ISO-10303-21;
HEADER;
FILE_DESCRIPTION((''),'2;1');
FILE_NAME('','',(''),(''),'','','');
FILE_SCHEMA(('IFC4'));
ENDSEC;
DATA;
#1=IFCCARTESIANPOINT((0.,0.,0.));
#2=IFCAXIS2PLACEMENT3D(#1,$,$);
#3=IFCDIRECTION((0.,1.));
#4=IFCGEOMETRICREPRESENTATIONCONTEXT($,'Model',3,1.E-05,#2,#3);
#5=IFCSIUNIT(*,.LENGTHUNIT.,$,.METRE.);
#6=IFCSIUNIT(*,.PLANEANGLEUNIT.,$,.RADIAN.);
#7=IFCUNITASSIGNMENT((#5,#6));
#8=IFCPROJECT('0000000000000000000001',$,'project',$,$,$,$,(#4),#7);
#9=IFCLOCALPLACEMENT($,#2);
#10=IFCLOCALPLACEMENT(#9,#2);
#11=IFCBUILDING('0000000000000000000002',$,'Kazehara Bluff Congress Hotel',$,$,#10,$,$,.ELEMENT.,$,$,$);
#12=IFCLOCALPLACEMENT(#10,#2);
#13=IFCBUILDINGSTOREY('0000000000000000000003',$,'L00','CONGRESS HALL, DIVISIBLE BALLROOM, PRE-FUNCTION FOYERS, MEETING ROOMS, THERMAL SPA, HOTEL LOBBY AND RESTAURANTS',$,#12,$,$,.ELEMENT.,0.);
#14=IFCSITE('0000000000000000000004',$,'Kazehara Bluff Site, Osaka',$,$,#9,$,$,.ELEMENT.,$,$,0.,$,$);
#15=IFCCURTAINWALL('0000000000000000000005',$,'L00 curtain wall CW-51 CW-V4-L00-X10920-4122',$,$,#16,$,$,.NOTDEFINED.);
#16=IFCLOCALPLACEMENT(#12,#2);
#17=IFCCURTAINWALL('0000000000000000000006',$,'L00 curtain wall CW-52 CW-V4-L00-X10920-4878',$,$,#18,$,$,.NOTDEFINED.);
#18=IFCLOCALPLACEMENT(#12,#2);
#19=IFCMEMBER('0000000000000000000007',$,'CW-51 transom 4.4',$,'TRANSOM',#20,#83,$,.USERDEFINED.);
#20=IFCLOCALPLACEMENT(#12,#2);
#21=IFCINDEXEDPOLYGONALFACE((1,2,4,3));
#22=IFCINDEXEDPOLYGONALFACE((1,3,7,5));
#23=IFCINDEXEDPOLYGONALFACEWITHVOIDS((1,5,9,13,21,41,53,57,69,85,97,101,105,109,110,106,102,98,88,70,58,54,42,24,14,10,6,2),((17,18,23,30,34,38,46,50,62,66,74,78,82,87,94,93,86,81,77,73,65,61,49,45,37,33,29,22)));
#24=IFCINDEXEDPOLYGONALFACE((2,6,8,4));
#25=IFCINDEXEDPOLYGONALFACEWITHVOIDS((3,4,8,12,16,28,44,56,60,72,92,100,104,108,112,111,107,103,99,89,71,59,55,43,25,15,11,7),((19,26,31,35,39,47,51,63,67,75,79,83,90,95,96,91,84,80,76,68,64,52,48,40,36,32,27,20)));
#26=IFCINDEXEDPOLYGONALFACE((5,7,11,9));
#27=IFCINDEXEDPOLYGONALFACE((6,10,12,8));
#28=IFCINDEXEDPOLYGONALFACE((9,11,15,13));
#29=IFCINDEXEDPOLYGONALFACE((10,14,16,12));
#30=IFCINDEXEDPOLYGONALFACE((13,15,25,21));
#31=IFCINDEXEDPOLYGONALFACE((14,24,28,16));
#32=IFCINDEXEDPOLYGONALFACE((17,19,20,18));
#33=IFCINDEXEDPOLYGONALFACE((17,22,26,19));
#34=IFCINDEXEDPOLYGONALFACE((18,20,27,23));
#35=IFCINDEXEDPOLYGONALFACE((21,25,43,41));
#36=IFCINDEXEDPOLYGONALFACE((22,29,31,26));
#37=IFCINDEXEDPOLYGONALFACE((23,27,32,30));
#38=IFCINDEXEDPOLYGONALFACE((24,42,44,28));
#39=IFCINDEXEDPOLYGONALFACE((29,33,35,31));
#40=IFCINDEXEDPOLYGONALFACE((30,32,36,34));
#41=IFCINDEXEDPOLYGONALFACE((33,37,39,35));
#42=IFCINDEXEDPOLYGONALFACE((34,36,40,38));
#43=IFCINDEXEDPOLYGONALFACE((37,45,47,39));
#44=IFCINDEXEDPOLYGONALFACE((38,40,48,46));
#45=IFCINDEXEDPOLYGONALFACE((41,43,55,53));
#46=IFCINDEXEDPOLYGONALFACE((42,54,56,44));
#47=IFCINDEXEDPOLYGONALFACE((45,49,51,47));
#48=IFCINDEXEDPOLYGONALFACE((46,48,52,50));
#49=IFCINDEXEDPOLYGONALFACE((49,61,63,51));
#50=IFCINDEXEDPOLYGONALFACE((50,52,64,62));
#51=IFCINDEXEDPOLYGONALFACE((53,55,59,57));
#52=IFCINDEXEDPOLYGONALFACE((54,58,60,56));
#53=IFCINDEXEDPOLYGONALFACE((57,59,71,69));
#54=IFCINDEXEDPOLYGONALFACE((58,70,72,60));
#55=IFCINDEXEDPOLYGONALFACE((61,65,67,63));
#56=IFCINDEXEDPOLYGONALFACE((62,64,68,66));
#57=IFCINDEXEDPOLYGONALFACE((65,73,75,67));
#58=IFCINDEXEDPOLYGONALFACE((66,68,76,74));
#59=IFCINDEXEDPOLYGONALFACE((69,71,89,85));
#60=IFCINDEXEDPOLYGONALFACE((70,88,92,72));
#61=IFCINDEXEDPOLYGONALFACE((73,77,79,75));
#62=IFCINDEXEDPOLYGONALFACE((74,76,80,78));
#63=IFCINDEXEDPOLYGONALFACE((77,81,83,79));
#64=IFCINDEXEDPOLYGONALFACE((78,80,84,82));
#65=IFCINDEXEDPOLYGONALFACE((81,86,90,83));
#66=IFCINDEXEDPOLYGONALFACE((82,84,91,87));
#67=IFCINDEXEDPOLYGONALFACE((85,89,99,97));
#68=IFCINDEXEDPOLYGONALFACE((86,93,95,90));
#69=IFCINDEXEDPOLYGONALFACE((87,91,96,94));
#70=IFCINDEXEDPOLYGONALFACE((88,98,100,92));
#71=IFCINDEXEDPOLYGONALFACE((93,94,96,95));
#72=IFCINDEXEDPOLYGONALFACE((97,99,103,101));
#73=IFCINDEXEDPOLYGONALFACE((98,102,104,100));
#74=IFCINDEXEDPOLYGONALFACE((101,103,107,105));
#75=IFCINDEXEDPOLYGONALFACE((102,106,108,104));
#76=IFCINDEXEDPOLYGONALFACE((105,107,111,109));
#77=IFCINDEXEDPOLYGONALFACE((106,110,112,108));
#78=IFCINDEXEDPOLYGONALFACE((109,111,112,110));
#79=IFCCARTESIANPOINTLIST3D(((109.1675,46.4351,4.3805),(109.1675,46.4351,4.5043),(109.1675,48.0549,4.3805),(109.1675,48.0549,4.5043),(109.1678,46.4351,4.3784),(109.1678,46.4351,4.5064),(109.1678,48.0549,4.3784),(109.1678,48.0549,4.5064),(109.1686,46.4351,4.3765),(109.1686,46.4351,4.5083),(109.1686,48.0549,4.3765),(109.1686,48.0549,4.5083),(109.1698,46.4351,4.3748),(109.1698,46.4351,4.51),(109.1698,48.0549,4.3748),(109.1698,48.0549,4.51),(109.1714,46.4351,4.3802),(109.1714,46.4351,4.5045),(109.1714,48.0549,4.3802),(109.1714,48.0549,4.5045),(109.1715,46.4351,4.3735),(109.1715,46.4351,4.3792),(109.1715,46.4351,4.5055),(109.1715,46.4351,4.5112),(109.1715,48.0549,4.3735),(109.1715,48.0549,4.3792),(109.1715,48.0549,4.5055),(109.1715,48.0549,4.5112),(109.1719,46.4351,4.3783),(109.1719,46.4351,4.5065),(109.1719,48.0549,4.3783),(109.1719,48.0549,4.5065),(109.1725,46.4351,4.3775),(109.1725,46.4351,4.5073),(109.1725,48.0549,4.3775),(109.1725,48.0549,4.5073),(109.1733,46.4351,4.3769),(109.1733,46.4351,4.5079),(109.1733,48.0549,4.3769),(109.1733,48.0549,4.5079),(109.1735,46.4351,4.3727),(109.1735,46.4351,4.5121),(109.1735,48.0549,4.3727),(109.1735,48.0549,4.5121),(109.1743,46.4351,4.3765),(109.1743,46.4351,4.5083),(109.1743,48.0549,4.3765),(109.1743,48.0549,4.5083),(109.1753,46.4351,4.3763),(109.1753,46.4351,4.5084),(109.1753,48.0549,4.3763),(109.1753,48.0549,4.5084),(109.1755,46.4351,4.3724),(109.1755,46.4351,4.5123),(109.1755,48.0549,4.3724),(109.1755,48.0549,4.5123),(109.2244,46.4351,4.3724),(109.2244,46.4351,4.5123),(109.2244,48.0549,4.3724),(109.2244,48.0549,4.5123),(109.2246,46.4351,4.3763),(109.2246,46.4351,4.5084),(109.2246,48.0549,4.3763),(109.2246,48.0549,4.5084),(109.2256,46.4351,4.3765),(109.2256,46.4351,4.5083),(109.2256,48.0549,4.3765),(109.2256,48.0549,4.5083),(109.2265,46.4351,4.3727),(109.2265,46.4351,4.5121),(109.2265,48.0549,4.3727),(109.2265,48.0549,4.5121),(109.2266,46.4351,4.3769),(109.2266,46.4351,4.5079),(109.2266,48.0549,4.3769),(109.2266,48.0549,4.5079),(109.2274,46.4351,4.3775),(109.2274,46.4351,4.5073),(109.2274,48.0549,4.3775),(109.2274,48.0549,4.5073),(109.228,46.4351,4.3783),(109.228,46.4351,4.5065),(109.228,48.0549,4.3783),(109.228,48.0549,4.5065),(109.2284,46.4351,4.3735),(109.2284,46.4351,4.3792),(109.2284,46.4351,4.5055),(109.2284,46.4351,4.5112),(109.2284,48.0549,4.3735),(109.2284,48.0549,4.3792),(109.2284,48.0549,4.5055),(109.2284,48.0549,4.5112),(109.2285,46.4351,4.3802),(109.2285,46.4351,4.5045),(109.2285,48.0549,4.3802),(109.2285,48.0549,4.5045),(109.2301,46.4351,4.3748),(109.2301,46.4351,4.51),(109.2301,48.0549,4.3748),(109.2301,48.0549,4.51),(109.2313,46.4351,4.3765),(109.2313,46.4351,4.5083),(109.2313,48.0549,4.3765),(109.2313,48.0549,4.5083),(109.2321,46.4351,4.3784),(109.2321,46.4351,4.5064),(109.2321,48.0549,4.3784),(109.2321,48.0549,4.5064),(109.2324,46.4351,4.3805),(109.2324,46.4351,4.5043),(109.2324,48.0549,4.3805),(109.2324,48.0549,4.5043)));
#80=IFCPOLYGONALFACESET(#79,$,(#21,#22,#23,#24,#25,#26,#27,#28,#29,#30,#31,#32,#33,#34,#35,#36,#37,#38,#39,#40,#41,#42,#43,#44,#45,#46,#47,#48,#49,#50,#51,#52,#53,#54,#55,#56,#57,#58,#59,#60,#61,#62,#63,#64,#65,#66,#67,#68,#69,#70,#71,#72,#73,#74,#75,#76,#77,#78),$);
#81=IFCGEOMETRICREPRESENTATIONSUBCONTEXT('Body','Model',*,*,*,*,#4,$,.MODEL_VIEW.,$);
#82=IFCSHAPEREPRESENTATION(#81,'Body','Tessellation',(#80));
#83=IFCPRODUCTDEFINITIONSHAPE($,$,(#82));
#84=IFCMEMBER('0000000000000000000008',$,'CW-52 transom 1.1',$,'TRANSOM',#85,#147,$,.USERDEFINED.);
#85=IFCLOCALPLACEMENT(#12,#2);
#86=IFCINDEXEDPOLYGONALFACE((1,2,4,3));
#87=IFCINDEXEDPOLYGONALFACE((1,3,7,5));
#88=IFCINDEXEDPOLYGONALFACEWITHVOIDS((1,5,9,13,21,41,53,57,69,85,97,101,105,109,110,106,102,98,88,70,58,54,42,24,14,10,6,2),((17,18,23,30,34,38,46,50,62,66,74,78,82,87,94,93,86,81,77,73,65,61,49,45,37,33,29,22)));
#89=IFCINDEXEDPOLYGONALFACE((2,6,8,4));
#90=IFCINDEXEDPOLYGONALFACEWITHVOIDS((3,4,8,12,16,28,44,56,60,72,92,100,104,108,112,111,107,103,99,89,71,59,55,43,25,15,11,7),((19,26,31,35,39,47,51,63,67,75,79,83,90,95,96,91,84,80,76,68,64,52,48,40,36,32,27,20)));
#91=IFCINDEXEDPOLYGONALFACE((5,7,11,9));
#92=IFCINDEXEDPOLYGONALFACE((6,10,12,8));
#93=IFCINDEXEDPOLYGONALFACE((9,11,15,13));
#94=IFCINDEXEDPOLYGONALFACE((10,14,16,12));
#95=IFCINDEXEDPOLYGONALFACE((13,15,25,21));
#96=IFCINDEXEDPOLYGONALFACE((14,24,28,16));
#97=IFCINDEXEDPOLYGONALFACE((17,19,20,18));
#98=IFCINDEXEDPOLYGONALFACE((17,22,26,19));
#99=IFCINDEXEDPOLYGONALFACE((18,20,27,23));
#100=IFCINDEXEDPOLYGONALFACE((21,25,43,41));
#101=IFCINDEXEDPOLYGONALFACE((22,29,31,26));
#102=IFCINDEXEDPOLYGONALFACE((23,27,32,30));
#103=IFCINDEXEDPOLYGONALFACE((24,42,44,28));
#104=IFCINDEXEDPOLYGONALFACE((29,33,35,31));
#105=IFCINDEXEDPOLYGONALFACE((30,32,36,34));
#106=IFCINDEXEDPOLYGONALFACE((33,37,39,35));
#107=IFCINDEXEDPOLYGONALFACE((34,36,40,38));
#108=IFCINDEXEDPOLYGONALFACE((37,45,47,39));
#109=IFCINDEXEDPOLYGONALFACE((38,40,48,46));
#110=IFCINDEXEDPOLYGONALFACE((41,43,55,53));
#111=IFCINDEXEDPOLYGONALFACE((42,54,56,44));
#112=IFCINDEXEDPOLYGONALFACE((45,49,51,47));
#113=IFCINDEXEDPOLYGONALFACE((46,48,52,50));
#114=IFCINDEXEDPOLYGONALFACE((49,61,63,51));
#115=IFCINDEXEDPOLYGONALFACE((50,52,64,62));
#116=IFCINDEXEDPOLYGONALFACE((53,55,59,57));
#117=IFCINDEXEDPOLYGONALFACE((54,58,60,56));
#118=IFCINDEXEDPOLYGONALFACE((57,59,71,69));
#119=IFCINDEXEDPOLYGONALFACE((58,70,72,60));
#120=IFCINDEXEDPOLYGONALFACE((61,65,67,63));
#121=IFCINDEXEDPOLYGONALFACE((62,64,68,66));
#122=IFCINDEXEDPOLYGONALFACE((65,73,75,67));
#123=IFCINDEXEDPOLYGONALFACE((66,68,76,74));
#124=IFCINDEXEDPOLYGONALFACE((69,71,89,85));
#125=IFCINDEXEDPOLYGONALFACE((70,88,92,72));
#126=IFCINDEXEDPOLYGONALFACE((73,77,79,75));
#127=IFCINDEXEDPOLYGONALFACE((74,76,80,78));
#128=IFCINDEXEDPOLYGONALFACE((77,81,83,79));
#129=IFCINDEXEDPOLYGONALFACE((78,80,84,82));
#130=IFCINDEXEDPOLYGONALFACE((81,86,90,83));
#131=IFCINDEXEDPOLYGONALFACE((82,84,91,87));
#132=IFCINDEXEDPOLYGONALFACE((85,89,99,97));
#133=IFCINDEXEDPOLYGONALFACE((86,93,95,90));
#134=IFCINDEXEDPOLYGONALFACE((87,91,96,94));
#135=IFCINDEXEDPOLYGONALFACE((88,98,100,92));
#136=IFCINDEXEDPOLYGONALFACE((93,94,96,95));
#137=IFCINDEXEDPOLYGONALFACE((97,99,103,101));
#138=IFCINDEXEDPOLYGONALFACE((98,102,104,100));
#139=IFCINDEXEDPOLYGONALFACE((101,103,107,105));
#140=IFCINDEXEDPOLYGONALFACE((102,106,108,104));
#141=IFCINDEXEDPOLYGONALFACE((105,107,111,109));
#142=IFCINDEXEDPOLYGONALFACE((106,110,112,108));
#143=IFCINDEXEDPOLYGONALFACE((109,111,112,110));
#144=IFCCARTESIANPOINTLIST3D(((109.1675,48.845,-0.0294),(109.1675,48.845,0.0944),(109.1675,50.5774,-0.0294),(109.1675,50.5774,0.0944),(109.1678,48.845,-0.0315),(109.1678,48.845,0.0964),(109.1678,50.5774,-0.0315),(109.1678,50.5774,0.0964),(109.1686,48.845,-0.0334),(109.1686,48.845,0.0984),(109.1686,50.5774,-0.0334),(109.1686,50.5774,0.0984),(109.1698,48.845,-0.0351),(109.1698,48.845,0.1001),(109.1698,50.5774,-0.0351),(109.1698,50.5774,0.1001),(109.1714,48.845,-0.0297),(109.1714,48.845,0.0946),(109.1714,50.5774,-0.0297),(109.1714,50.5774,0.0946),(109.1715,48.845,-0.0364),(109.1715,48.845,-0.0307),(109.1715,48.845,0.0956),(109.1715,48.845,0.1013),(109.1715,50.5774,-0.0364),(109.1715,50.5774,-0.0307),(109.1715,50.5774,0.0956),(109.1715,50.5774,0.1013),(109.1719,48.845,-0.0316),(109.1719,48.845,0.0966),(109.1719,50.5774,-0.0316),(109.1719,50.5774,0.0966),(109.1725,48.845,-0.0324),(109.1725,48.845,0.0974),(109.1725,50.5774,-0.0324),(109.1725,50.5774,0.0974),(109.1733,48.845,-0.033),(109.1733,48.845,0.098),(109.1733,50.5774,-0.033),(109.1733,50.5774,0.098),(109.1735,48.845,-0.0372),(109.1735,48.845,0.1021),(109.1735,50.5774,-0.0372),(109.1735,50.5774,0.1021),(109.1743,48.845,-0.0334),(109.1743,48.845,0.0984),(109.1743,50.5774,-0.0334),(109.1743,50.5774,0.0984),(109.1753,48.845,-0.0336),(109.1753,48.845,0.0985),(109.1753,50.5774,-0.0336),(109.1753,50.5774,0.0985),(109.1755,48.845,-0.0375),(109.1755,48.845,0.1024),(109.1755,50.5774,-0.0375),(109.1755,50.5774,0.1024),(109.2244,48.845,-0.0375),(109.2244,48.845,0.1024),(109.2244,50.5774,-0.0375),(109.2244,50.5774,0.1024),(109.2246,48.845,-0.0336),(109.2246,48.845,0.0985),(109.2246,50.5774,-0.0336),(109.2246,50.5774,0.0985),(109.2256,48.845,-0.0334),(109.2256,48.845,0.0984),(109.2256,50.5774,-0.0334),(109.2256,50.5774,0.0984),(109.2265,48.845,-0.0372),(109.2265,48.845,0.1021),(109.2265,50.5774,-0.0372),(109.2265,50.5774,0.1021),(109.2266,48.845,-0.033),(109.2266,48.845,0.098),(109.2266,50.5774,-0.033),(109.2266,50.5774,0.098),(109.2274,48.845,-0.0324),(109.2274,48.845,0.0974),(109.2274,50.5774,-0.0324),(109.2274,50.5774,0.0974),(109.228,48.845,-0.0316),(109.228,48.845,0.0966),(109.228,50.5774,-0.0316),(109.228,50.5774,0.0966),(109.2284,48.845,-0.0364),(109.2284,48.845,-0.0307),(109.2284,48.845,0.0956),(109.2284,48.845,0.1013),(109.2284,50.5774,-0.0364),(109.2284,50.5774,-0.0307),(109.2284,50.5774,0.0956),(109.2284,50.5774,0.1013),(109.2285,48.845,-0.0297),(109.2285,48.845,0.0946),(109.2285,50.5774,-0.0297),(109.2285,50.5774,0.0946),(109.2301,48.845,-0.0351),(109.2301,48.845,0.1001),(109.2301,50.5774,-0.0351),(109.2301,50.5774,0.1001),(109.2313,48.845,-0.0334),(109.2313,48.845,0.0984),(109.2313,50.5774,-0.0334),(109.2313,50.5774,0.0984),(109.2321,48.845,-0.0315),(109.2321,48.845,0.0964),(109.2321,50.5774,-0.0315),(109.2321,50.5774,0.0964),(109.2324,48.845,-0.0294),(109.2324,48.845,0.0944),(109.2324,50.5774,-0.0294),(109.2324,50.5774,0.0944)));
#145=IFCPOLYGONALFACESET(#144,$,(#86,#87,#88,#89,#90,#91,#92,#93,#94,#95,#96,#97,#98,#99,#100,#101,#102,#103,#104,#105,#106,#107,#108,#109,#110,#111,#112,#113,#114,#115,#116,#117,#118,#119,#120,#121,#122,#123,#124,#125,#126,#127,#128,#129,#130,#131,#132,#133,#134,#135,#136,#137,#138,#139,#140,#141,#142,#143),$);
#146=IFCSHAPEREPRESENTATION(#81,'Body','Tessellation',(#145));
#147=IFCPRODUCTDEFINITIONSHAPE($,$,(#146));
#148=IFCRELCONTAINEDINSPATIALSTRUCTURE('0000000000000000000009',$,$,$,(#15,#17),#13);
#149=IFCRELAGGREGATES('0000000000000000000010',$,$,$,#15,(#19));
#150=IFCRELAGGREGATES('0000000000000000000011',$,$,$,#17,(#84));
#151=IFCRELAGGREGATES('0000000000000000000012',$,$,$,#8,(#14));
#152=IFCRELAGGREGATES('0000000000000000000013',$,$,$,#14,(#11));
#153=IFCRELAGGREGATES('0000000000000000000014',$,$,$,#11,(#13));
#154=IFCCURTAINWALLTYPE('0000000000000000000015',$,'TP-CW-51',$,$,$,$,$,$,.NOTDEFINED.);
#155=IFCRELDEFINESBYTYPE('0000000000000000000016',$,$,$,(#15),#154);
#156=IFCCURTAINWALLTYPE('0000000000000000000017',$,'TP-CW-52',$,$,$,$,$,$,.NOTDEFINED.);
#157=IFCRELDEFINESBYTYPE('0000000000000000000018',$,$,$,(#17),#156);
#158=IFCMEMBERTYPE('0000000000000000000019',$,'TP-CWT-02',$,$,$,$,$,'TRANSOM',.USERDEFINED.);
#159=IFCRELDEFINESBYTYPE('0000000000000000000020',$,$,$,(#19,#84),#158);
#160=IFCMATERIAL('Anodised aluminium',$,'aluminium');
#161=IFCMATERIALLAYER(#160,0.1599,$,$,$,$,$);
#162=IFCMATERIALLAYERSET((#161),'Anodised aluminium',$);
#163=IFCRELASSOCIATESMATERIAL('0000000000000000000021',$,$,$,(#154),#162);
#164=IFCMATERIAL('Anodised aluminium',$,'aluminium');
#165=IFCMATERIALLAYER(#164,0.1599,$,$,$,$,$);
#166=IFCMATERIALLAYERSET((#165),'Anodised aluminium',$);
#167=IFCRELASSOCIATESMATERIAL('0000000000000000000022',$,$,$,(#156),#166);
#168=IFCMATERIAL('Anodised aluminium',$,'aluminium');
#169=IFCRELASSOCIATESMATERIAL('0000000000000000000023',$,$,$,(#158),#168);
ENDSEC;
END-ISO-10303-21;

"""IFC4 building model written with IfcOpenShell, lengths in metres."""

from ifc_helpers import new_model, si_unit, direction, frame, origin, origin_2d, place, context, subcontext, project, spatial, hollow_rectangle, extrude, material, layer, layer_set, material_profile, profile_set, type_object, element, aggregate, save


model = new_model("IFC4")

# Units and contexts
model_context = context("Model", 3, precision=1e-05, world=origin(), true_north=direction((0.0, 1.0)))
body_context = subcontext(model_context, "Body", "Model", "MODEL_VIEW")
ifc_project = project(units=[si_unit("LENGTHUNIT", "METRE"), si_unit("PLANEANGLEUNIT", "RADIAN")], contexts=[model_context])

# Site, building, storey
site_placement = place(None, origin())
site = spatial("IfcSite", under=ifc_project, at=site_placement, Name="Kazehara Bluff Site, Osaka", CompositionType="ELEMENT", RefElevation=0.0)
building_placement = place(site_placement, origin())
building = spatial("IfcBuilding", under=site, at=building_placement, Name="Kazehara Bluff Congress Hotel", CompositionType="ELEMENT")
storey_placement = place(building_placement, origin())
storey = spatial("IfcBuildingStorey", under=building, at=storey_placement, Name="L00", Description="CONGRESS HALL, DIVISIBLE BALLROOM, PRE-FUNCTION FOYERS, MEETING ROOMS, THERMAL SPA, HOTEL LOBBY AND RESTAURANTS", CompositionType="ELEMENT", Elevation=0.0)

# Curtain walls
ifc_material_1 = material(Name="Anodised aluminium", Category="aluminium")
ifc_layer_1 = layer(ifc_material_1, 0.1599)
ifc_layer_set_1 = layer_set([ifc_layer_1], Name="Anodised aluminium")
curtain_wall_type_1 = type_object("IfcCurtainWallType", Name="TP-CW-51", PredefinedType="NOTDEFINED", material=ifc_layer_set_1)
curtain_wall_1_placement = place(storey_placement, origin())
curtain_wall_1 = element("IfcCurtainWall", 1, at=curtain_wall_1_placement, inside=storey, type_object=curtain_wall_type_1, Name="L00 curtain wall CW-51 CW-V4-L00-X10920-4122", PredefinedType="NOTDEFINED")
ifc_material_2 = material(Name="Anodised aluminium", Category="aluminium")
ifc_layer_2 = layer(ifc_material_2, 0.1599)
ifc_layer_set_2 = layer_set([ifc_layer_2], Name="Anodised aluminium")
curtain_wall_type_2 = type_object("IfcCurtainWallType", Name="TP-CW-52", PredefinedType="NOTDEFINED", material=ifc_layer_set_2)
curtain_wall_2_placement = place(storey_placement, origin())
curtain_wall_2 = element("IfcCurtainWall", 2, at=curtain_wall_2_placement, inside=storey, type_object=curtain_wall_type_2, Name="L00 curtain wall CW-52 CW-V4-L00-X10920-4878", PredefinedType="NOTDEFINED")

# Members
ifc_material_3 = material(Name="Anodised aluminium", Category="aluminium")
ifc_material_profile_1 = material_profile(ifc_material_3, hollow_rectangle(XDim=0.0649, YDim=0.1399, WallThickness=0.0039, InnerFilletRadius=0.0039, OuterFilletRadius=0.0081, at=origin_2d()))
ifc_profile_set_1 = profile_set([ifc_material_profile_1], Name="Anodised aluminium")
member_type_1 = type_object("IfcMemberType", Name="TP-CWT-02", ElementType="TRANSOM", PredefinedType="USERDEFINED", material=ifc_profile_set_1)
member_1_placement = place(storey_placement, frame((109.2, 46.4351, 4.4424), z_axis=(0.0, 1.0, 0.0), x_axis=(-1.0, 0.0, 0.0)))
member_1 = element("IfcMember", 3, at=member_1_placement, type_object=member_type_1, Name="CW-51 transom 4.4", ObjectType="TRANSOM", PredefinedType="USERDEFINED", context=body_context, shape_type="SweptSolid", body=[
    extrude(hollow_rectangle(XDim=0.0649, YDim=0.1399, WallThickness=0.0039, InnerFilletRadius=0.0039, OuterFilletRadius=0.0081, at=origin_2d()), origin(), (0.0, 0.0, 1.0), 1.6199),
])
member_2_placement = place(storey_placement, frame((109.2, 48.845, 0.0325), z_axis=(0.0, 1.0, 0.0), x_axis=(-1.0, 0.0, 0.0)))
member_2 = element("IfcMember", 4, at=member_2_placement, type_object=member_type_1, Name="CW-52 transom 1.1", ObjectType="TRANSOM", PredefinedType="USERDEFINED", context=body_context, shape_type="SweptSolid", body=[
    extrude(hollow_rectangle(XDim=0.0649, YDim=0.1399, WallThickness=0.0039, InnerFilletRadius=0.0039, OuterFilletRadius=0.0081, at=origin_2d()), origin(), (0.0, 0.0, 1.0), 1.7324),
])

aggregate(curtain_wall_1, [member_1])
aggregate(curtain_wall_2, [member_2])

save(model, "model.ifc")
